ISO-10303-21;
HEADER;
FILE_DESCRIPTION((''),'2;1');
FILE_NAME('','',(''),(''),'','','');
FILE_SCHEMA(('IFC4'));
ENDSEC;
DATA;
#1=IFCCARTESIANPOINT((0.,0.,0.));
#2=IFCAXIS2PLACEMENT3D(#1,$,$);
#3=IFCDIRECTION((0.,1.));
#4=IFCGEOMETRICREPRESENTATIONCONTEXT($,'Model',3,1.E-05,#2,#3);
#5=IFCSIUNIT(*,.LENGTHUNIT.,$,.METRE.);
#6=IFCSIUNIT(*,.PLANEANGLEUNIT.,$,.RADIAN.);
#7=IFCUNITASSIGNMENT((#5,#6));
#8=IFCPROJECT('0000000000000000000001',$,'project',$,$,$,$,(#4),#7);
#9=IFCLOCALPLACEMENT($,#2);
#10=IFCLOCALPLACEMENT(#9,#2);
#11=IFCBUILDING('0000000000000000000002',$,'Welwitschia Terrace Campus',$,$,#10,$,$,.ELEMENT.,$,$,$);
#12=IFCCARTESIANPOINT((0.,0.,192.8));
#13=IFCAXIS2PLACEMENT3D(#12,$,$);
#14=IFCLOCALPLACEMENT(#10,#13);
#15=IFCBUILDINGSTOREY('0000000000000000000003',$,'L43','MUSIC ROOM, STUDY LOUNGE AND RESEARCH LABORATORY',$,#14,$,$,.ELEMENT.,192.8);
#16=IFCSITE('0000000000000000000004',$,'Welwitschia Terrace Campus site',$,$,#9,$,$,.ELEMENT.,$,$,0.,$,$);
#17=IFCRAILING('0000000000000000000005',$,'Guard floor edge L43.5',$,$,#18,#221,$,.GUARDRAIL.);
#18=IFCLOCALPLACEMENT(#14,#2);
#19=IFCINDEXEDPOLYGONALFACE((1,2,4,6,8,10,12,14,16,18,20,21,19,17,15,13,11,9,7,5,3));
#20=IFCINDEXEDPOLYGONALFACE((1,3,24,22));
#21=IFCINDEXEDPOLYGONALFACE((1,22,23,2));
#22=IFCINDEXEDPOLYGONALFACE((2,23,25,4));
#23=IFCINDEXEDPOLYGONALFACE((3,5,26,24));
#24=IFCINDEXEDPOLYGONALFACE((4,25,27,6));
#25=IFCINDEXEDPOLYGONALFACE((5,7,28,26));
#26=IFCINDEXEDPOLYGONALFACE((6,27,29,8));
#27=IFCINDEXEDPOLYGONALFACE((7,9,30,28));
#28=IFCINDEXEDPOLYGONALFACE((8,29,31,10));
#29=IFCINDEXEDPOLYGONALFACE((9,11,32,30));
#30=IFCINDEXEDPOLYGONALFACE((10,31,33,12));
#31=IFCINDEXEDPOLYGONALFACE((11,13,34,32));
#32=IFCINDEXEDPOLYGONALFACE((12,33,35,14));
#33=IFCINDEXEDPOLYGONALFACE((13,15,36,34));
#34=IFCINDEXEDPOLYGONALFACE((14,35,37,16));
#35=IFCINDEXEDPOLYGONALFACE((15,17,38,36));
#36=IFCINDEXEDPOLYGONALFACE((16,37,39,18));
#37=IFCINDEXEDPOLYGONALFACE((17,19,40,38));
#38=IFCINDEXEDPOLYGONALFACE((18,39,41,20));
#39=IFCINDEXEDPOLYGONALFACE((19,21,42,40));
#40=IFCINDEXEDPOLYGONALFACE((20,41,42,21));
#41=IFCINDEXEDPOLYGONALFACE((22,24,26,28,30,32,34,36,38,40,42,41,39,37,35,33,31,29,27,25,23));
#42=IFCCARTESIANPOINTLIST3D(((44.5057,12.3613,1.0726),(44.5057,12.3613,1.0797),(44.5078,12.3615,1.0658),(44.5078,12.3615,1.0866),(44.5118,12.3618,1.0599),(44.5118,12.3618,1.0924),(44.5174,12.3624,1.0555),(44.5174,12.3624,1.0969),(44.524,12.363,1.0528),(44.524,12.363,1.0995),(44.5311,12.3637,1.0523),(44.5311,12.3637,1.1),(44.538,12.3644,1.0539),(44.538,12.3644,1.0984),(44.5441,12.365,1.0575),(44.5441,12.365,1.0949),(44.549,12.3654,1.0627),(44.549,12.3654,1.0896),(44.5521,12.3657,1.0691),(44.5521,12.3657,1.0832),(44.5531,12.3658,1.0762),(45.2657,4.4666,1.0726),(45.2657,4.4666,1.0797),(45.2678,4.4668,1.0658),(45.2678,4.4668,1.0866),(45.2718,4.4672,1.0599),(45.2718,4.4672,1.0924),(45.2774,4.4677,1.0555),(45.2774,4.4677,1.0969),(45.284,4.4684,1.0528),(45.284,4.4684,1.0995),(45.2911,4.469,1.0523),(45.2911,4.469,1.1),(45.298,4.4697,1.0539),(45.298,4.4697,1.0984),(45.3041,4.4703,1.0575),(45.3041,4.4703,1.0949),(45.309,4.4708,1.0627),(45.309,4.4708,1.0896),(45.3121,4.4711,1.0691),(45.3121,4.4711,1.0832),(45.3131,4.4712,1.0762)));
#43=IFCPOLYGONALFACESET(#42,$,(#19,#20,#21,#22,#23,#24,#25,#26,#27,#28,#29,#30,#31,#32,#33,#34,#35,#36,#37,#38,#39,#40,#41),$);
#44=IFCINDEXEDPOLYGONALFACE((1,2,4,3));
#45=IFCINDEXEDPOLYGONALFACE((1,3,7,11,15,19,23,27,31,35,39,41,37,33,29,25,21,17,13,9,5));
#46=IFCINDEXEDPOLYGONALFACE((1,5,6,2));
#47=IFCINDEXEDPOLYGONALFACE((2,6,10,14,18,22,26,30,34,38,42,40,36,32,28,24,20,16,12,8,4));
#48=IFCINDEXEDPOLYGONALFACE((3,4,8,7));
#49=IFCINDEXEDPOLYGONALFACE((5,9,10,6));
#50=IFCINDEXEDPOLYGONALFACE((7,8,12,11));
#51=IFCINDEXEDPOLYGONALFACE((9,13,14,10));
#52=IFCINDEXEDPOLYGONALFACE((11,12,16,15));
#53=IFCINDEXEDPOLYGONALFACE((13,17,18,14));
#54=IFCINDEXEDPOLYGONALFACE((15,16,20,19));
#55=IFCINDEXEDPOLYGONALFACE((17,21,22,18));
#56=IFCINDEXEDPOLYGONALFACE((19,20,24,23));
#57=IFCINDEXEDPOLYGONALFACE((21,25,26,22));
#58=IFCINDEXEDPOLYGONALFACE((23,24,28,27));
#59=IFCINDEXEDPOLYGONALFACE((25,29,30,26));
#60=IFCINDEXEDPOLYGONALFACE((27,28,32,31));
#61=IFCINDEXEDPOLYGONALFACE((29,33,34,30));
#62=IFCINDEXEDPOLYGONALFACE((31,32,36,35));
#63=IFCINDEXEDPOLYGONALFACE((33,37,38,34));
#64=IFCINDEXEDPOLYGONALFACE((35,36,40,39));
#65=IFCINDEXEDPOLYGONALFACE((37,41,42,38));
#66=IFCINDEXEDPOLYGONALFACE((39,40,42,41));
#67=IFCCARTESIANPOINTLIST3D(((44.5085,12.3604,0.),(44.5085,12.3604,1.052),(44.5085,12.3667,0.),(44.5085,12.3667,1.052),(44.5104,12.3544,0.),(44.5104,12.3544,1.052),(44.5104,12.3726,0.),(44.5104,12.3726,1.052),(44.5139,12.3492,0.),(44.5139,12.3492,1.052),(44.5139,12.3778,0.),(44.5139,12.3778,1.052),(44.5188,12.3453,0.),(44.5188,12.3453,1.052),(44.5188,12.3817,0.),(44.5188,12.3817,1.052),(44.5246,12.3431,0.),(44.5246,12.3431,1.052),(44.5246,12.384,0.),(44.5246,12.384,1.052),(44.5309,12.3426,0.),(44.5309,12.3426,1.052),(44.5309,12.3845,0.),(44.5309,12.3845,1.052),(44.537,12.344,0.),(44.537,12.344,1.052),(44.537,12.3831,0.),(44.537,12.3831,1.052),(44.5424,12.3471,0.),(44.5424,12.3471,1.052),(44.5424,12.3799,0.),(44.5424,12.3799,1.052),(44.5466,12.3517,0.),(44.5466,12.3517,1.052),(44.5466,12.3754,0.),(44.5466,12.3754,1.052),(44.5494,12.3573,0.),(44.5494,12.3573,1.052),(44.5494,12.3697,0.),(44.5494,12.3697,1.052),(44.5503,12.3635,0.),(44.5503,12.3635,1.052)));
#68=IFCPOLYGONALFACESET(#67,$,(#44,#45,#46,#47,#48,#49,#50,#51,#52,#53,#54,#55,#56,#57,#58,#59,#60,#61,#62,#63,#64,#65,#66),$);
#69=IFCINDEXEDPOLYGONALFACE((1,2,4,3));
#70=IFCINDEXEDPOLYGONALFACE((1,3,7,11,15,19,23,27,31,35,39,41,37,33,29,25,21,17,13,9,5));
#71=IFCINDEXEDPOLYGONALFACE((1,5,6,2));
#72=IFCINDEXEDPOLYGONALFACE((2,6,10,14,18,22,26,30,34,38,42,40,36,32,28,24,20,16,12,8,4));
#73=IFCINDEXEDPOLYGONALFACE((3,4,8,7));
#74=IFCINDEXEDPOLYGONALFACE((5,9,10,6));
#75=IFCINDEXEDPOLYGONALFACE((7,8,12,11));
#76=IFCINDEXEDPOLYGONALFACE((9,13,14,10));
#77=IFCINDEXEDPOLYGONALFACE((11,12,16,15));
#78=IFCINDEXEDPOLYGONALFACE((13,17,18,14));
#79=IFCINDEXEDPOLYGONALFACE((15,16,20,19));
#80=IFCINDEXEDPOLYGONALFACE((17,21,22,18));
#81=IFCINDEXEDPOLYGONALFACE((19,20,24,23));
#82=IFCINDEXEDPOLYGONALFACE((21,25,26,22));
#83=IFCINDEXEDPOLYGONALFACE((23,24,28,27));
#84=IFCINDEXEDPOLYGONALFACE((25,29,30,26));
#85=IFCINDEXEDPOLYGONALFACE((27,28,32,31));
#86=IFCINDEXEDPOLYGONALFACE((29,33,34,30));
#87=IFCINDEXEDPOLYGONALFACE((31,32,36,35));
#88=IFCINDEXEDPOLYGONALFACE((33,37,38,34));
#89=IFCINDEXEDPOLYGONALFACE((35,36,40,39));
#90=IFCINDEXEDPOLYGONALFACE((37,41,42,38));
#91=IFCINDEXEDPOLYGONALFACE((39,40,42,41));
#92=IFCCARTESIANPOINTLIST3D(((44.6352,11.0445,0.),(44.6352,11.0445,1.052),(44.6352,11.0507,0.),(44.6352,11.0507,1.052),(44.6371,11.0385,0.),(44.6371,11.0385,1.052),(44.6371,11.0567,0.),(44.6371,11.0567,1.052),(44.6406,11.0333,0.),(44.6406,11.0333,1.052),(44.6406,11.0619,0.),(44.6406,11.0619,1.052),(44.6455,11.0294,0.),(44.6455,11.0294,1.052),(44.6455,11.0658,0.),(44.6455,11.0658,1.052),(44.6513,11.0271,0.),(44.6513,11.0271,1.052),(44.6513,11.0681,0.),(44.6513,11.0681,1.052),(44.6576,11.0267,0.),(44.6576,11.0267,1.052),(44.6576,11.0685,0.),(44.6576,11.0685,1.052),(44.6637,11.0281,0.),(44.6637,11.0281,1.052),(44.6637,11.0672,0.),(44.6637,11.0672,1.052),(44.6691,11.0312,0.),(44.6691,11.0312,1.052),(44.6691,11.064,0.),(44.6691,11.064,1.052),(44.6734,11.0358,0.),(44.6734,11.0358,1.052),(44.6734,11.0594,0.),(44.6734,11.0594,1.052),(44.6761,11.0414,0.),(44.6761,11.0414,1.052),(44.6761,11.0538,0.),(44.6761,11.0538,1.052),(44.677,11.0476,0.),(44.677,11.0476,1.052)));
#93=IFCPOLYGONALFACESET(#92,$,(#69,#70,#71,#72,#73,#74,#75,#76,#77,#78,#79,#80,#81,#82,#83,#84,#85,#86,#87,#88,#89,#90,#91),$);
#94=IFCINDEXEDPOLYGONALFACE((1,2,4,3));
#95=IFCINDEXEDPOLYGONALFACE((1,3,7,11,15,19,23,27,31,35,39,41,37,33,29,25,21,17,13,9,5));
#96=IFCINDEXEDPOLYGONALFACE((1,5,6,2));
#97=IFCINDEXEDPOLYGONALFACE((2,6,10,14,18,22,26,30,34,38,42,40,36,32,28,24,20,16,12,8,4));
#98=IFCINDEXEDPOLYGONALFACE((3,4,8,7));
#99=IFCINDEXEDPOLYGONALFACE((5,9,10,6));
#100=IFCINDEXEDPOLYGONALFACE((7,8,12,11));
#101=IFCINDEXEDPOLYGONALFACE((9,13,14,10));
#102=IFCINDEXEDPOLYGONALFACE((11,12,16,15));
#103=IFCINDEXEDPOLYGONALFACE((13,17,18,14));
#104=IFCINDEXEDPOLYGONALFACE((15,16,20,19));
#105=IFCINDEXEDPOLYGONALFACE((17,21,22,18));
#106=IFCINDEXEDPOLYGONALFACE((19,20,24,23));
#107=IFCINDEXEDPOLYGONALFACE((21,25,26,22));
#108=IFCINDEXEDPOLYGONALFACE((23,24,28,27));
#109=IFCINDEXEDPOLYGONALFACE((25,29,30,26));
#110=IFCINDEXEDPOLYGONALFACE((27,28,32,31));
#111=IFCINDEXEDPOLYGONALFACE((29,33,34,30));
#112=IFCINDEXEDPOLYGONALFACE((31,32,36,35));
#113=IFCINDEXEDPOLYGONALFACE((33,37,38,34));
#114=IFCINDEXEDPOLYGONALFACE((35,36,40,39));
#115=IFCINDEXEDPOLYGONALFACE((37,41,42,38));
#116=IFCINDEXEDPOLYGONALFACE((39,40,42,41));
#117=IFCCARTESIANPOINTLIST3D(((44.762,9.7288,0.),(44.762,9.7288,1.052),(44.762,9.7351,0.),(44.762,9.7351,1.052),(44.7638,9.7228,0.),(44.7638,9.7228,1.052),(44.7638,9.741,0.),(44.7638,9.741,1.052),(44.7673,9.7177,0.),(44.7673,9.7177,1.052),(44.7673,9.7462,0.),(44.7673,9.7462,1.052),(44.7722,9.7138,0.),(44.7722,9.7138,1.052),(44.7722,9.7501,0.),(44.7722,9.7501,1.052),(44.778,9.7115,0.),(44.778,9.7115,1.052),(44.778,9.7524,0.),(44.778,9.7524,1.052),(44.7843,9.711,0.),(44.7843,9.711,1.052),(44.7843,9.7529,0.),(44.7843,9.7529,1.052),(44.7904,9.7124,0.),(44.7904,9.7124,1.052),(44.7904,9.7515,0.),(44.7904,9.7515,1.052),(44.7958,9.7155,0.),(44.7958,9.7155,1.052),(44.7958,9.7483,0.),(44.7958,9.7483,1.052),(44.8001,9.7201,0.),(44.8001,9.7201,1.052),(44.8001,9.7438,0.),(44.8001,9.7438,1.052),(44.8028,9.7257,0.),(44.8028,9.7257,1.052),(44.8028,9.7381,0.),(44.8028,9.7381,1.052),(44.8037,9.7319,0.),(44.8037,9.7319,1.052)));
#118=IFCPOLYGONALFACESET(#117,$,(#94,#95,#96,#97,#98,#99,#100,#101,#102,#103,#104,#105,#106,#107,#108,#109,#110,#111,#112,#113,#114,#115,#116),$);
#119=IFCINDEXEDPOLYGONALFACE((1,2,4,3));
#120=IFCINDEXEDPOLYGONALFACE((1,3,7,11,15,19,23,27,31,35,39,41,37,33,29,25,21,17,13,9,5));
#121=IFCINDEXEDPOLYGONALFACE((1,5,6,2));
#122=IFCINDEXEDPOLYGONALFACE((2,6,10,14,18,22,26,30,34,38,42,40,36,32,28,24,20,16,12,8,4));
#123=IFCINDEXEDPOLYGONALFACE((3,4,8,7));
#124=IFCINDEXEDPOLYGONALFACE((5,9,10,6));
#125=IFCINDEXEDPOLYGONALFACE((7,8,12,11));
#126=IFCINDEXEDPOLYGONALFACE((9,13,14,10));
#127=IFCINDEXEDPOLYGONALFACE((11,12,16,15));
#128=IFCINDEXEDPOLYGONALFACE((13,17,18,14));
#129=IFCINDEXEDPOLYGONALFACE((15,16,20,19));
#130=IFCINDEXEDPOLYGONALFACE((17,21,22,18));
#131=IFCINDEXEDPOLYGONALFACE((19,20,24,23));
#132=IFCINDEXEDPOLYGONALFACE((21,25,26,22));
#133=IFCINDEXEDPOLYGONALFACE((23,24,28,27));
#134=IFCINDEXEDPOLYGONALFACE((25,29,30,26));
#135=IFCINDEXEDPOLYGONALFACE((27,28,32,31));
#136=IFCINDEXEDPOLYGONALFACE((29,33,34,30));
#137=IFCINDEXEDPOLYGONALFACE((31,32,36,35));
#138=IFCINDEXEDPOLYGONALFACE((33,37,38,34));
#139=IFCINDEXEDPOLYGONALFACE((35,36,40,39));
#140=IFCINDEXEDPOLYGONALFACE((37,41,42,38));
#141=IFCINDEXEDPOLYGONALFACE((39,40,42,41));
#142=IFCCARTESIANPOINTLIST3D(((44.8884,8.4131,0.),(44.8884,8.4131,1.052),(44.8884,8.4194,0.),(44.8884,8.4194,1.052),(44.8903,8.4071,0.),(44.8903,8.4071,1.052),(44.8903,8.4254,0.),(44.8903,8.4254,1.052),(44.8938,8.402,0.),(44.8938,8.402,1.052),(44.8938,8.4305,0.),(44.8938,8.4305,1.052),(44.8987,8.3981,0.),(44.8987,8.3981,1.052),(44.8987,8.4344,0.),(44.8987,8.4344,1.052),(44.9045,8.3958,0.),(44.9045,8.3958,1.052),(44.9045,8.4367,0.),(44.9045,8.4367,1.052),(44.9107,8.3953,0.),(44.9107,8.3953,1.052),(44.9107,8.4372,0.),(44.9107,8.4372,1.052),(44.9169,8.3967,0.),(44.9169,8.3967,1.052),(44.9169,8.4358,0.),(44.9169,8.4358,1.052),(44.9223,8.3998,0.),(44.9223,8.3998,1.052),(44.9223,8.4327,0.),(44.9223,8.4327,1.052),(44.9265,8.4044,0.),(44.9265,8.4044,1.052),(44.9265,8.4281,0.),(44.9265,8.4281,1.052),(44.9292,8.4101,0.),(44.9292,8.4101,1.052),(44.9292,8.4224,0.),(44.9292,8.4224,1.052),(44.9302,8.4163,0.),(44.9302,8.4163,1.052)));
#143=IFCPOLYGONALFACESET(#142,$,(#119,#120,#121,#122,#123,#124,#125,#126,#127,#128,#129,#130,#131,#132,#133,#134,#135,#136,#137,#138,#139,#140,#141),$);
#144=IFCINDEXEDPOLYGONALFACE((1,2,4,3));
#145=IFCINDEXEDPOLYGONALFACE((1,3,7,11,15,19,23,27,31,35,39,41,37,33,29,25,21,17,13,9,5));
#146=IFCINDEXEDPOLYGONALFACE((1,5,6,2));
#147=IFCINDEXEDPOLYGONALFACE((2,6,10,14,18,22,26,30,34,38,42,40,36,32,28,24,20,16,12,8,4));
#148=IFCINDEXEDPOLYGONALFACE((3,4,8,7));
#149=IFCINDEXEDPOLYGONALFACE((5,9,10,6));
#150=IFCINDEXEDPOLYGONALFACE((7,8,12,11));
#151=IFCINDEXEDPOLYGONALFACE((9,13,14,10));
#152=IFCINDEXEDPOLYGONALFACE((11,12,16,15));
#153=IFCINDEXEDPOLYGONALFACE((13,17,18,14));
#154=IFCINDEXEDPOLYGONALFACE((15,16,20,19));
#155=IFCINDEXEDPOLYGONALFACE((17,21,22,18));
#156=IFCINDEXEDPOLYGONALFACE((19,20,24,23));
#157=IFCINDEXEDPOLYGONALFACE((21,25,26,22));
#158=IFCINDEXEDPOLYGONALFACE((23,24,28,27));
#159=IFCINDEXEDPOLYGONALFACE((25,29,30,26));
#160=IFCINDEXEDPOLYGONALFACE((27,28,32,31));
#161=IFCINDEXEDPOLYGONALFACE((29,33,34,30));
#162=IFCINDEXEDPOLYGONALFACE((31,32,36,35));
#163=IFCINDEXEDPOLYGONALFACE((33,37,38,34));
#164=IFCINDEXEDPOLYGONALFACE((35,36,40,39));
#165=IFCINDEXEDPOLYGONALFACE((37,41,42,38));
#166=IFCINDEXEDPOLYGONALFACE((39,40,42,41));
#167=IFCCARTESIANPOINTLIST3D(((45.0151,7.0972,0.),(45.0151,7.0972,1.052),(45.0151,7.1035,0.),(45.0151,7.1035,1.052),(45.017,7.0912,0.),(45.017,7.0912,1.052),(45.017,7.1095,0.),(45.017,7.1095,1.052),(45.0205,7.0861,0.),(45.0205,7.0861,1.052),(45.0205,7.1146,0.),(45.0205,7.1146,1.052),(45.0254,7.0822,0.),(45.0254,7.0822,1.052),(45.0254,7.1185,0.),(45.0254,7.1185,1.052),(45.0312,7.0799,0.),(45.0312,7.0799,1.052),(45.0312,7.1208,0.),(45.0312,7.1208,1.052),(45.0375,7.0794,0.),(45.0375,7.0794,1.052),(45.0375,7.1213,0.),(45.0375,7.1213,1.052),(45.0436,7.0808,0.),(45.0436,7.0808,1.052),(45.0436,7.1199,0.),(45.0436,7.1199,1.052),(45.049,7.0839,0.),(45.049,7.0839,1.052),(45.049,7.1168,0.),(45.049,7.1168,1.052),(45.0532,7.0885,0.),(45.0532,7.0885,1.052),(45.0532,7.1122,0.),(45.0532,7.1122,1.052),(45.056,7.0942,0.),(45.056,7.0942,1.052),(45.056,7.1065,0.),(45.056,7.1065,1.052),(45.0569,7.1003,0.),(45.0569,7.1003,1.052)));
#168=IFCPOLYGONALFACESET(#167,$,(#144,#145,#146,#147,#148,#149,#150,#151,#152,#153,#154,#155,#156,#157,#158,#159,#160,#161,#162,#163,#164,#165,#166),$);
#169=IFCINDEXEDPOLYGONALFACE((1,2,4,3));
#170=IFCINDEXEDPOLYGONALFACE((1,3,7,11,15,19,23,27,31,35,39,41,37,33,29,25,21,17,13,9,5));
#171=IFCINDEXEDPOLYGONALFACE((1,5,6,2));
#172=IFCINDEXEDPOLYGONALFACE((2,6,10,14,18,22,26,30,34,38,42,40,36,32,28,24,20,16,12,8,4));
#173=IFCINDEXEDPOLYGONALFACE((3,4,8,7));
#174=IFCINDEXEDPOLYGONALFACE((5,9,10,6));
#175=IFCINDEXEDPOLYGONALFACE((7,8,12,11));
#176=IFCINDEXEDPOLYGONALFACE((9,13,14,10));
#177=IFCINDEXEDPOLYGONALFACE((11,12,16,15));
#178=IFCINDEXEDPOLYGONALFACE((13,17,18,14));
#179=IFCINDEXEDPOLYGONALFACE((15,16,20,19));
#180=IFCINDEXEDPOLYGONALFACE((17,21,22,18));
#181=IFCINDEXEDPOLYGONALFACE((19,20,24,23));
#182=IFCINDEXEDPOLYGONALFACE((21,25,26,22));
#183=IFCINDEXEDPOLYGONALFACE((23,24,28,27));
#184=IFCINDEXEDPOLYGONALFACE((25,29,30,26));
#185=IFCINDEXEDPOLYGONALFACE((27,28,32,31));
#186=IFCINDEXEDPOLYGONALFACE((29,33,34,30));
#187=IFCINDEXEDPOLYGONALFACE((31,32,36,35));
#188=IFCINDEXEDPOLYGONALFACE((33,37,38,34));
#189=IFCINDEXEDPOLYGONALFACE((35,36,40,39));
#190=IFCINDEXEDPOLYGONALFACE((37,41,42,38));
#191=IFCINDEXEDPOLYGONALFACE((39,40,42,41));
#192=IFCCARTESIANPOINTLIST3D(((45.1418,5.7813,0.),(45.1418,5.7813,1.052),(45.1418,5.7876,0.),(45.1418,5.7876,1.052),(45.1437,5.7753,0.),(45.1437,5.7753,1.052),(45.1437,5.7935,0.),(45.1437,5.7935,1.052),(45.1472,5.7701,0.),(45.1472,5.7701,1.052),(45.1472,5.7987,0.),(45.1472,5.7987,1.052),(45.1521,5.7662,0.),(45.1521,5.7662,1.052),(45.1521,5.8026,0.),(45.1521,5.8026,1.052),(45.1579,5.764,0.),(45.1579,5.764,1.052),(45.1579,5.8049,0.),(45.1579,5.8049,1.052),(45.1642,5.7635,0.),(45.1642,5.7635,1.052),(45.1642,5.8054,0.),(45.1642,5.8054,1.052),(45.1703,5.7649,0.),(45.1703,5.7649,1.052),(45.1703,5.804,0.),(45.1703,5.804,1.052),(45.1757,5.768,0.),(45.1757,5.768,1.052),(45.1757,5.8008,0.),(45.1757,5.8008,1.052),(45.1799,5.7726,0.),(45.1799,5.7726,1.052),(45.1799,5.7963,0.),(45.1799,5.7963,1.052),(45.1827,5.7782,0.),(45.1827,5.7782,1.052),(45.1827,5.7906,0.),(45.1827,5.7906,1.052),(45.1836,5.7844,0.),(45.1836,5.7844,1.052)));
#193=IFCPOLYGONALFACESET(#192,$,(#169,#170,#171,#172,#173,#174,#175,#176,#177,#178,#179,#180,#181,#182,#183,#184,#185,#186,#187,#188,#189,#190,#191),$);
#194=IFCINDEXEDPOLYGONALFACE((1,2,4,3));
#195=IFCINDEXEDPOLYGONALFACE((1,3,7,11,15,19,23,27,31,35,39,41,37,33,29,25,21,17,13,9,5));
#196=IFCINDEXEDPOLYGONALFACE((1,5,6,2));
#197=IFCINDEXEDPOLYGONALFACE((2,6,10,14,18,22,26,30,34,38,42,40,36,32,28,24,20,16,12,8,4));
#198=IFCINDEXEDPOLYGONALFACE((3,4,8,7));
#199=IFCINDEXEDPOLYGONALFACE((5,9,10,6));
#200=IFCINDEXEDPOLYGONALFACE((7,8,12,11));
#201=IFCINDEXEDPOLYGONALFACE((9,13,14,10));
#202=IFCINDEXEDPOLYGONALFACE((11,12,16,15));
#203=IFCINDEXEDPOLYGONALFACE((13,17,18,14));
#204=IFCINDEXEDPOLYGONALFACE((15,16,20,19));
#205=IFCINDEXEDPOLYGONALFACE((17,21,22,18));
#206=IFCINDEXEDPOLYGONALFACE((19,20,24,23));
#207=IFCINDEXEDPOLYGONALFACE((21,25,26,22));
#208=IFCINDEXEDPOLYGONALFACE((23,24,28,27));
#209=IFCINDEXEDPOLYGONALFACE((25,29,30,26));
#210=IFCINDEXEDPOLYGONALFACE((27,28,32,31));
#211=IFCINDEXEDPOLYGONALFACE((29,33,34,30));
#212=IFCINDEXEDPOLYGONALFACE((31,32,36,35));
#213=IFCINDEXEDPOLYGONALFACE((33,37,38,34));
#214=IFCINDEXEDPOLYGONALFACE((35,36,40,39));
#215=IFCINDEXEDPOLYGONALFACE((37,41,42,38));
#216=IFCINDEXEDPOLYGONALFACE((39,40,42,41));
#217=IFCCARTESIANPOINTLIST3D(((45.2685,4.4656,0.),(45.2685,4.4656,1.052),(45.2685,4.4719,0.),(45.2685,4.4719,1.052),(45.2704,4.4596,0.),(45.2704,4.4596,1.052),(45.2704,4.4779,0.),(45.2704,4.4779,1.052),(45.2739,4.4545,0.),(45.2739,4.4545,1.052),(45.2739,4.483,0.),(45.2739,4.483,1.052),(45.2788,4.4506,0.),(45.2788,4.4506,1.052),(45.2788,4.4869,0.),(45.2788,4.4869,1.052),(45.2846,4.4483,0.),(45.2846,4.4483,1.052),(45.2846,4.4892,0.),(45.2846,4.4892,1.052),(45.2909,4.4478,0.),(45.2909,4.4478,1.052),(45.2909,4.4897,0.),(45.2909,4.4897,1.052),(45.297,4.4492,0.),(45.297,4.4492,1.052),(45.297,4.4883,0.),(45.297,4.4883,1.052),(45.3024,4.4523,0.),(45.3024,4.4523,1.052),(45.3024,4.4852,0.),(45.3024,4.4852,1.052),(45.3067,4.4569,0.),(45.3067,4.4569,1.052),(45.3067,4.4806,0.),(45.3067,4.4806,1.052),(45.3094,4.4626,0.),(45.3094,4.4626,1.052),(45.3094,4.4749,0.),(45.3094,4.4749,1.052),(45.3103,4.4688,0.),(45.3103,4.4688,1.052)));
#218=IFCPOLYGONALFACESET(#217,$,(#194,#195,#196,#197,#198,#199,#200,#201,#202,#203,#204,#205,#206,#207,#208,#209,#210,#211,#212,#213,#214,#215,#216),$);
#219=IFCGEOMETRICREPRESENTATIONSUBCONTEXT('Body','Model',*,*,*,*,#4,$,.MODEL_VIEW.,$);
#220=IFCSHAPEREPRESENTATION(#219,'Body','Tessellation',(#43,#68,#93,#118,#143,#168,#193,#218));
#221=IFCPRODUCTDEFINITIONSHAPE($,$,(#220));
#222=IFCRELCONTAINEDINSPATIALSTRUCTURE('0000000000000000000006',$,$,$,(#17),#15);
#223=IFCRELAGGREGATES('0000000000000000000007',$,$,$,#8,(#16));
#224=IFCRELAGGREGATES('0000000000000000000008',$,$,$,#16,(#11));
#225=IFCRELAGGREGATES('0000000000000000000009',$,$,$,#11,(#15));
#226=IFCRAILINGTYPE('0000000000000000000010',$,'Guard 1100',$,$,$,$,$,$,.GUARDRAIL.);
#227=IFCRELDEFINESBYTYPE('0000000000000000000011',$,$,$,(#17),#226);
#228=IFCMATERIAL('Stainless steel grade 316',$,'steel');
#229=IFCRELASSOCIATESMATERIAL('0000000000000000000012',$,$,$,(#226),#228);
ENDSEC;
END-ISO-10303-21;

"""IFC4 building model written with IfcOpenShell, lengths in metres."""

from ifc_helpers import new_model, si_unit, direction, frame, origin, origin_2d, place, context, subcontext, project, spatial, circle, extrude, material, type_object, element, save


model = new_model("IFC4")

# Units and contexts
model_context = context("Model", 3, precision=1e-05, world=origin(), true_north=direction((0.0, 1.0)))
body_context = subcontext(model_context, "Body", "Model", "MODEL_VIEW")
ifc_project = project(units=[si_unit("LENGTHUNIT", "METRE"), si_unit("PLANEANGLEUNIT", "RADIAN")], contexts=[model_context])

# Site, building, storey
site_placement = place(None, origin())
site = spatial("IfcSite", under=ifc_project, at=site_placement, Name="Welwitschia Terrace Campus site", CompositionType="ELEMENT", RefElevation=0.0)
building_placement = place(site_placement, origin())
building = spatial("IfcBuilding", under=site, at=building_placement, Name="Welwitschia Terrace Campus", CompositionType="ELEMENT")
storey_placement = place(building_placement, frame((0.0, 0.0, 192.8)))
storey = spatial("IfcBuildingStorey", under=building, at=storey_placement, Name="L43", Description="MUSIC ROOM, STUDY LOUNGE AND RESEARCH LABORATORY", CompositionType="ELEMENT", Elevation=192.8)

# Railing
ifc_material_1 = material(Name="Stainless steel grade 316", Category="steel")
railing_type = type_object("IfcRailingType", Name="Guard 1100", PredefinedType="GUARDRAIL", material=ifc_material_1)
railing_1_placement = place(storey_placement, frame((44.5293, 12.3635, 0.0)))
element("IfcRailing", 1, at=railing_1_placement, inside=storey, type_object=railing_type, Name="Guard floor edge L43.5", PredefinedType="GUARDRAIL", context=body_context, shape_type="SweptSolid", body=[
    extrude(circle(Radius=0.0239, at=origin_2d()), frame((0.0, 0.0, 1.0762), z_axis=(0.095824, -0.995398, 0.0), x_axis=(0.995398, 0.095824, 0.0)), (0.0, 0.0, 1.0), 7.9312),
    extrude(circle(Radius=0.021, at=origin_2d()), origin(), (0.0, 0.0, 1.0), 1.052),
    extrude(circle(Radius=0.021, at=origin_2d()), frame((0.1267, -1.3159, 0.0)), (0.0, 0.0, 1.0), 1.052),
    extrude(circle(Radius=0.021, at=origin_2d()), frame((0.2534, -2.6316, 0.0)), (0.0, 0.0, 1.0), 1.052),
    extrude(circle(Radius=0.021, at=origin_2d()), frame((0.3799, -3.9473, 0.0)), (0.0, 0.0, 1.0), 1.052),
    extrude(circle(Radius=0.021, at=origin_2d()), frame((0.5066, -5.2632, 0.0)), (0.0, 0.0, 1.0), 1.052),
    extrude(circle(Radius=0.021, at=origin_2d()), frame((0.6333, -6.5791, 0.0)), (0.0, 0.0, 1.0), 1.052),
    extrude(circle(Radius=0.021, at=origin_2d()), frame((0.76, -7.8948, 0.0)), (0.0, 0.0, 1.0), 1.052),
])

save(model, "model.ifc")
